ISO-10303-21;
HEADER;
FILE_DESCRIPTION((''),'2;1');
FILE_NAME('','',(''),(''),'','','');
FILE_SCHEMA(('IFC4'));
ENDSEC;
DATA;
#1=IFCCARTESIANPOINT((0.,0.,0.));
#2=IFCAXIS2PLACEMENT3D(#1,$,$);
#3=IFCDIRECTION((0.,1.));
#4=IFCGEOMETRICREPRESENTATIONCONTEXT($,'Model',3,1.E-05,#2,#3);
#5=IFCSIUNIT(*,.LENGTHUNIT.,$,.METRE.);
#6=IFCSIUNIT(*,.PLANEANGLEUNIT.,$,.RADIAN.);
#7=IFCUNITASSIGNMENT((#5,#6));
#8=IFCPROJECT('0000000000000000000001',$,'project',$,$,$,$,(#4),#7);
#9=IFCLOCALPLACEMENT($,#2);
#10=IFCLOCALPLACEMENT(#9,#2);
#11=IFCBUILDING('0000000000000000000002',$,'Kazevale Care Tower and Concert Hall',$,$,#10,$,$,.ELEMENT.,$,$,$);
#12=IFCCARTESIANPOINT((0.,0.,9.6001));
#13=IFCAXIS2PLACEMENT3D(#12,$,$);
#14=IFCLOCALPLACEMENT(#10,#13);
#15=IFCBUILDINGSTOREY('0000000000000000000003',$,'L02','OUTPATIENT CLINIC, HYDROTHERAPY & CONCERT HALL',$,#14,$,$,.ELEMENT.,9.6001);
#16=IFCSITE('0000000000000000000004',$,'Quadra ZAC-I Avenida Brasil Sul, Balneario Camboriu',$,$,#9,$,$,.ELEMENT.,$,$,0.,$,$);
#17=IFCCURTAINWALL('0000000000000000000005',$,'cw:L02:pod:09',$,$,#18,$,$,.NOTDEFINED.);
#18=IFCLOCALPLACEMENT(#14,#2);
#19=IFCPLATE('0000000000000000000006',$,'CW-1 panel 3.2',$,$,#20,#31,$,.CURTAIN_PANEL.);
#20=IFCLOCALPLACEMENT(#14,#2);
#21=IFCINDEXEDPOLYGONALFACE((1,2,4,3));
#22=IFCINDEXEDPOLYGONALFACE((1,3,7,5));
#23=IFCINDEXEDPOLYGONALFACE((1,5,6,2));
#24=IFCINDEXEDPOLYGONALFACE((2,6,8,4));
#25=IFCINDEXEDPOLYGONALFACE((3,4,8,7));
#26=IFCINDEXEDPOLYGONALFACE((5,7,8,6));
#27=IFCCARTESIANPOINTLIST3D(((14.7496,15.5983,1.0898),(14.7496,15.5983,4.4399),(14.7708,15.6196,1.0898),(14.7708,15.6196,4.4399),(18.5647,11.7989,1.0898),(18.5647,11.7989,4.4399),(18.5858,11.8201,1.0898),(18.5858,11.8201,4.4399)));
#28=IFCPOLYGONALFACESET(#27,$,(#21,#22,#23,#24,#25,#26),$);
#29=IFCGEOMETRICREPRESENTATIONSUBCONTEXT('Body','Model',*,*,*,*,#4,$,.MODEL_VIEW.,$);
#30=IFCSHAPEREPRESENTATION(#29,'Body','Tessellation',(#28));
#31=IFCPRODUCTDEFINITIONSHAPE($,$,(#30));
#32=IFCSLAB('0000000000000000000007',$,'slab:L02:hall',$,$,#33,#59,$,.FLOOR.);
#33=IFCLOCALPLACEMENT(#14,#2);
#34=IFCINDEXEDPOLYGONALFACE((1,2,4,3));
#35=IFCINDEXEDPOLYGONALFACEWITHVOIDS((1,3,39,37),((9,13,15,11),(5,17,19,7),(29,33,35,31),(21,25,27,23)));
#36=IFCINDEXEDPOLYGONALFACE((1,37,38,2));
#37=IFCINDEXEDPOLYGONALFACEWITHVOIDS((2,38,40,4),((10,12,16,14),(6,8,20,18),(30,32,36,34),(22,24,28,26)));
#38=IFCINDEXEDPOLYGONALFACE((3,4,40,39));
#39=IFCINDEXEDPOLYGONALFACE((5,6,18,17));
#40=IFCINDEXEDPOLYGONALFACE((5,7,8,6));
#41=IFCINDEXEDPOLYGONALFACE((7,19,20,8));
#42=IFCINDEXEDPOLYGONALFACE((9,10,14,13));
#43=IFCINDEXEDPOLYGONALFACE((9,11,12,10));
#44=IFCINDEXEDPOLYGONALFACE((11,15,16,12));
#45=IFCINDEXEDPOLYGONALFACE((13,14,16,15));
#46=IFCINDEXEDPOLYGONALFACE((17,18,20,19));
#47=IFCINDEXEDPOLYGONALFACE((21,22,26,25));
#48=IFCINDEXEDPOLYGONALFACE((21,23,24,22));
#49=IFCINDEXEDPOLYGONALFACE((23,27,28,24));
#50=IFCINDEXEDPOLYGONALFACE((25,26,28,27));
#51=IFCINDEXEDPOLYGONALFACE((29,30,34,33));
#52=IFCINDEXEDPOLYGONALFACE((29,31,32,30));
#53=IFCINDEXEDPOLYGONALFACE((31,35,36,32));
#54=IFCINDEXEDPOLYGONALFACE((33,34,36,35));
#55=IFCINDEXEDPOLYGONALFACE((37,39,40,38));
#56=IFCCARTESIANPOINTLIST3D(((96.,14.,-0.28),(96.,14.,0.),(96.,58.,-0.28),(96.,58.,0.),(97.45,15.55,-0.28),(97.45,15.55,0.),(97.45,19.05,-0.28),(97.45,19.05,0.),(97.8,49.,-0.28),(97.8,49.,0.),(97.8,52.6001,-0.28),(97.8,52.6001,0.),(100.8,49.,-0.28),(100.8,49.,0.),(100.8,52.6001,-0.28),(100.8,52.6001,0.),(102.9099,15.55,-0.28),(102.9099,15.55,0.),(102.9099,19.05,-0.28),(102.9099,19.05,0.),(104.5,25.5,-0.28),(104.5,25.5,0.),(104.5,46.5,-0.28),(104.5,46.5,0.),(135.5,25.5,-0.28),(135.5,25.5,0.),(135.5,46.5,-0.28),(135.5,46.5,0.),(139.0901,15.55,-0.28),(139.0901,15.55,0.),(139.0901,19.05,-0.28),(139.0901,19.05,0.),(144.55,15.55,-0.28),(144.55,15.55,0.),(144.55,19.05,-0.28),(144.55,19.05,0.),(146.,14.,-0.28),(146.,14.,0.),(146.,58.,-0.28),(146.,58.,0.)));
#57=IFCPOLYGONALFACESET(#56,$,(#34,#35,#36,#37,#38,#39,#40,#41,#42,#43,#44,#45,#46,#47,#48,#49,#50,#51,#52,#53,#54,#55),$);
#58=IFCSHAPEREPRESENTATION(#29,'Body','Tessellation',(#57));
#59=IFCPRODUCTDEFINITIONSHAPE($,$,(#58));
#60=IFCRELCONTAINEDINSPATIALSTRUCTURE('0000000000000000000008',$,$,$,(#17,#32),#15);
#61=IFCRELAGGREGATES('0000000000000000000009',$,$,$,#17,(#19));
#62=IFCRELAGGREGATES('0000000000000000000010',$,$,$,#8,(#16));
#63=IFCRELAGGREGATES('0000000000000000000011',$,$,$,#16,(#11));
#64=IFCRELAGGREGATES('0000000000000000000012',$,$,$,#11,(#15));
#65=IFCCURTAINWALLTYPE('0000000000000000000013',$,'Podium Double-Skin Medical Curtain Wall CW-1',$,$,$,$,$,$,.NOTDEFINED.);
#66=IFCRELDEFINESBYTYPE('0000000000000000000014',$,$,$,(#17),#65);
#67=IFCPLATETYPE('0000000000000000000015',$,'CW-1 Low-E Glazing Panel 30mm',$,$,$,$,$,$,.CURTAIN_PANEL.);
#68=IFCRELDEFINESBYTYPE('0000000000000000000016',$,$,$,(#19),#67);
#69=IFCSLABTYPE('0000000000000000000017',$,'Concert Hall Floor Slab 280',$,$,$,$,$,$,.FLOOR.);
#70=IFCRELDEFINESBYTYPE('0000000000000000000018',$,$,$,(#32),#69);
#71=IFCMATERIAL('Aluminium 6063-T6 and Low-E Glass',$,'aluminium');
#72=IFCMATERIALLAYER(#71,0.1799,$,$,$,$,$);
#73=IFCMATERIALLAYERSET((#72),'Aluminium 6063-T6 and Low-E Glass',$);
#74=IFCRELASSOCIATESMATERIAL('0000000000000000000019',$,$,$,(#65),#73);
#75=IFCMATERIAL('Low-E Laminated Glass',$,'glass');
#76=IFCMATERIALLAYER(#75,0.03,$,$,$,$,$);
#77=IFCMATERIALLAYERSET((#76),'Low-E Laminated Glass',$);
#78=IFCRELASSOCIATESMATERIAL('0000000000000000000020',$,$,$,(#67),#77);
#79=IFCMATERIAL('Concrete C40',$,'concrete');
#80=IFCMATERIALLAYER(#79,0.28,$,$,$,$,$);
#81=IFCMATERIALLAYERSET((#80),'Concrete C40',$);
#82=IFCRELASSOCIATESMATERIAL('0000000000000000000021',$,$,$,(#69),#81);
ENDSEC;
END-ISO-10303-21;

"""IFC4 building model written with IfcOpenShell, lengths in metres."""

from ifc_helpers import new_model, si_unit, direction, frame, origin, origin_2d, place, context, subcontext, project, spatial, polyline, rectangle, outline, extrude, material, layer, layer_set, type_object, element, aggregate, save


model = new_model("IFC4")

# Units and contexts
model_context = context("Model", 3, precision=1e-05, world=origin(), true_north=direction((0.0, 1.0)))
body_context = subcontext(model_context, "Body", "Model", "MODEL_VIEW")
ifc_project = project(units=[si_unit("LENGTHUNIT", "METRE"), si_unit("PLANEANGLEUNIT", "RADIAN")], contexts=[model_context])

# Site, building, storey
site_placement = place(None, origin())
site = spatial("IfcSite", under=ifc_project, at=site_placement, Name="Quadra ZAC-I Avenida Brasil Sul, Balneario Camboriu", CompositionType="ELEMENT", RefElevation=0.0)
building_placement = place(site_placement, origin())
building = spatial("IfcBuilding", under=site, at=building_placement, Name="Kazevale Care Tower and Concert Hall", CompositionType="ELEMENT")
storey_placement = place(building_placement, frame((0.0, 0.0, 9.6001)))
storey = spatial("IfcBuildingStorey", under=building, at=storey_placement, Name="L02", Description="OUTPATIENT CLINIC, HYDROTHERAPY & CONCERT HALL", CompositionType="ELEMENT", Elevation=9.6001)

# Curtain wall
ifc_material_1 = material(Name="Aluminium 6063-T6 and Low-E Glass", Category="aluminium")
ifc_layer_1 = layer(ifc_material_1, 0.1799)
ifc_layer_set_1 = layer_set([ifc_layer_1], Name="Aluminium 6063-T6 and Low-E Glass")
curtain_wall_type = type_object("IfcCurtainWallType", Name="Podium Double-Skin Medical Curtain Wall CW-1", PredefinedType="NOTDEFINED", material=ifc_layer_set_1)
curtain_wall_placement = place(storey_placement, origin())
curtain_wall = element("IfcCurtainWall", 1, at=curtain_wall_placement, inside=storey, type_object=curtain_wall_type, Name="cw:L02:pod:09", PredefinedType="NOTDEFINED")

# Plate
ifc_material_2 = material(Name="Low-E Laminated Glass", Category="glass")
ifc_layer_2 = layer(ifc_material_2, 0.03)
ifc_layer_set_2 = layer_set([ifc_layer_2], Name="Low-E Laminated Glass")
plate_type = type_object("IfcPlateType", Name="CW-1 Low-E Glazing Panel 30mm", PredefinedType="CURTAIN_PANEL", material=ifc_layer_set_2)
plate_1_placement = place(storey_placement, frame((16.6677, 13.7092, 1.0898), z_axis=(0.0, 0.0, 1.0), x_axis=(0.708555, -0.705656, 0.0)))
plate_1 = element("IfcPlate", 2, at=plate_1_placement, type_object=plate_type, Name="CW-1 panel 3.2", PredefinedType="CURTAIN_PANEL", context=body_context, shape_type="SweptSolid", body=[
    extrude(rectangle(XDim=5.3843, YDim=0.03, at=origin_2d()), origin(), (0.0, 0.0, 1.0), 3.3501),
])
aggregate(curtain_wall, [plate_1])

# Slab
ifc_material_3 = material(Name="Concrete C40", Category="concrete")
ifc_layer_3 = layer(ifc_material_3, 0.28)
ifc_layer_set_3 = layer_set([ifc_layer_3], Name="Concrete C40")
slab_type_1 = type_object("IfcSlabType", Name="Concert Hall Floor Slab 280", PredefinedType="FLOOR", material=ifc_layer_set_3)
slab_1_placement = place(storey_placement, frame((0.0, 0.0, -0.28)))
element("IfcSlab", 3, at=slab_1_placement, inside=storey, type_object=slab_type_1, Name="slab:L02:hall", PredefinedType="FLOOR", context=body_context, shape_type="SweptSolid", body=[
    extrude(outline(polyline([(96.0, 14.0), (146.0, 14.0), (146.0, 58.0), (96.0, 58.0), (96.0, 14.0)]), holes=[polyline([(97.45, 15.55), (102.9099, 15.55), (102.9099, 19.05), (97.45, 19.05), (97.45, 15.55)]), polyline([(139.0901, 15.55), (144.55, 15.55), (144.55, 19.05), (139.0901, 19.05), (139.0901, 15.55)]), polyline([(97.8, 49.0), (100.8, 49.0), (100.8, 52.6001), (97.8, 52.6001), (97.8, 49.0)]), polyline([(104.5, 25.5), (135.5, 25.5), (135.5, 46.5), (104.5, 46.5), (104.5, 25.5)])]), origin(), (0.0, 0.0, 1.0), 0.28),
])

save(model, "model.ifc")
